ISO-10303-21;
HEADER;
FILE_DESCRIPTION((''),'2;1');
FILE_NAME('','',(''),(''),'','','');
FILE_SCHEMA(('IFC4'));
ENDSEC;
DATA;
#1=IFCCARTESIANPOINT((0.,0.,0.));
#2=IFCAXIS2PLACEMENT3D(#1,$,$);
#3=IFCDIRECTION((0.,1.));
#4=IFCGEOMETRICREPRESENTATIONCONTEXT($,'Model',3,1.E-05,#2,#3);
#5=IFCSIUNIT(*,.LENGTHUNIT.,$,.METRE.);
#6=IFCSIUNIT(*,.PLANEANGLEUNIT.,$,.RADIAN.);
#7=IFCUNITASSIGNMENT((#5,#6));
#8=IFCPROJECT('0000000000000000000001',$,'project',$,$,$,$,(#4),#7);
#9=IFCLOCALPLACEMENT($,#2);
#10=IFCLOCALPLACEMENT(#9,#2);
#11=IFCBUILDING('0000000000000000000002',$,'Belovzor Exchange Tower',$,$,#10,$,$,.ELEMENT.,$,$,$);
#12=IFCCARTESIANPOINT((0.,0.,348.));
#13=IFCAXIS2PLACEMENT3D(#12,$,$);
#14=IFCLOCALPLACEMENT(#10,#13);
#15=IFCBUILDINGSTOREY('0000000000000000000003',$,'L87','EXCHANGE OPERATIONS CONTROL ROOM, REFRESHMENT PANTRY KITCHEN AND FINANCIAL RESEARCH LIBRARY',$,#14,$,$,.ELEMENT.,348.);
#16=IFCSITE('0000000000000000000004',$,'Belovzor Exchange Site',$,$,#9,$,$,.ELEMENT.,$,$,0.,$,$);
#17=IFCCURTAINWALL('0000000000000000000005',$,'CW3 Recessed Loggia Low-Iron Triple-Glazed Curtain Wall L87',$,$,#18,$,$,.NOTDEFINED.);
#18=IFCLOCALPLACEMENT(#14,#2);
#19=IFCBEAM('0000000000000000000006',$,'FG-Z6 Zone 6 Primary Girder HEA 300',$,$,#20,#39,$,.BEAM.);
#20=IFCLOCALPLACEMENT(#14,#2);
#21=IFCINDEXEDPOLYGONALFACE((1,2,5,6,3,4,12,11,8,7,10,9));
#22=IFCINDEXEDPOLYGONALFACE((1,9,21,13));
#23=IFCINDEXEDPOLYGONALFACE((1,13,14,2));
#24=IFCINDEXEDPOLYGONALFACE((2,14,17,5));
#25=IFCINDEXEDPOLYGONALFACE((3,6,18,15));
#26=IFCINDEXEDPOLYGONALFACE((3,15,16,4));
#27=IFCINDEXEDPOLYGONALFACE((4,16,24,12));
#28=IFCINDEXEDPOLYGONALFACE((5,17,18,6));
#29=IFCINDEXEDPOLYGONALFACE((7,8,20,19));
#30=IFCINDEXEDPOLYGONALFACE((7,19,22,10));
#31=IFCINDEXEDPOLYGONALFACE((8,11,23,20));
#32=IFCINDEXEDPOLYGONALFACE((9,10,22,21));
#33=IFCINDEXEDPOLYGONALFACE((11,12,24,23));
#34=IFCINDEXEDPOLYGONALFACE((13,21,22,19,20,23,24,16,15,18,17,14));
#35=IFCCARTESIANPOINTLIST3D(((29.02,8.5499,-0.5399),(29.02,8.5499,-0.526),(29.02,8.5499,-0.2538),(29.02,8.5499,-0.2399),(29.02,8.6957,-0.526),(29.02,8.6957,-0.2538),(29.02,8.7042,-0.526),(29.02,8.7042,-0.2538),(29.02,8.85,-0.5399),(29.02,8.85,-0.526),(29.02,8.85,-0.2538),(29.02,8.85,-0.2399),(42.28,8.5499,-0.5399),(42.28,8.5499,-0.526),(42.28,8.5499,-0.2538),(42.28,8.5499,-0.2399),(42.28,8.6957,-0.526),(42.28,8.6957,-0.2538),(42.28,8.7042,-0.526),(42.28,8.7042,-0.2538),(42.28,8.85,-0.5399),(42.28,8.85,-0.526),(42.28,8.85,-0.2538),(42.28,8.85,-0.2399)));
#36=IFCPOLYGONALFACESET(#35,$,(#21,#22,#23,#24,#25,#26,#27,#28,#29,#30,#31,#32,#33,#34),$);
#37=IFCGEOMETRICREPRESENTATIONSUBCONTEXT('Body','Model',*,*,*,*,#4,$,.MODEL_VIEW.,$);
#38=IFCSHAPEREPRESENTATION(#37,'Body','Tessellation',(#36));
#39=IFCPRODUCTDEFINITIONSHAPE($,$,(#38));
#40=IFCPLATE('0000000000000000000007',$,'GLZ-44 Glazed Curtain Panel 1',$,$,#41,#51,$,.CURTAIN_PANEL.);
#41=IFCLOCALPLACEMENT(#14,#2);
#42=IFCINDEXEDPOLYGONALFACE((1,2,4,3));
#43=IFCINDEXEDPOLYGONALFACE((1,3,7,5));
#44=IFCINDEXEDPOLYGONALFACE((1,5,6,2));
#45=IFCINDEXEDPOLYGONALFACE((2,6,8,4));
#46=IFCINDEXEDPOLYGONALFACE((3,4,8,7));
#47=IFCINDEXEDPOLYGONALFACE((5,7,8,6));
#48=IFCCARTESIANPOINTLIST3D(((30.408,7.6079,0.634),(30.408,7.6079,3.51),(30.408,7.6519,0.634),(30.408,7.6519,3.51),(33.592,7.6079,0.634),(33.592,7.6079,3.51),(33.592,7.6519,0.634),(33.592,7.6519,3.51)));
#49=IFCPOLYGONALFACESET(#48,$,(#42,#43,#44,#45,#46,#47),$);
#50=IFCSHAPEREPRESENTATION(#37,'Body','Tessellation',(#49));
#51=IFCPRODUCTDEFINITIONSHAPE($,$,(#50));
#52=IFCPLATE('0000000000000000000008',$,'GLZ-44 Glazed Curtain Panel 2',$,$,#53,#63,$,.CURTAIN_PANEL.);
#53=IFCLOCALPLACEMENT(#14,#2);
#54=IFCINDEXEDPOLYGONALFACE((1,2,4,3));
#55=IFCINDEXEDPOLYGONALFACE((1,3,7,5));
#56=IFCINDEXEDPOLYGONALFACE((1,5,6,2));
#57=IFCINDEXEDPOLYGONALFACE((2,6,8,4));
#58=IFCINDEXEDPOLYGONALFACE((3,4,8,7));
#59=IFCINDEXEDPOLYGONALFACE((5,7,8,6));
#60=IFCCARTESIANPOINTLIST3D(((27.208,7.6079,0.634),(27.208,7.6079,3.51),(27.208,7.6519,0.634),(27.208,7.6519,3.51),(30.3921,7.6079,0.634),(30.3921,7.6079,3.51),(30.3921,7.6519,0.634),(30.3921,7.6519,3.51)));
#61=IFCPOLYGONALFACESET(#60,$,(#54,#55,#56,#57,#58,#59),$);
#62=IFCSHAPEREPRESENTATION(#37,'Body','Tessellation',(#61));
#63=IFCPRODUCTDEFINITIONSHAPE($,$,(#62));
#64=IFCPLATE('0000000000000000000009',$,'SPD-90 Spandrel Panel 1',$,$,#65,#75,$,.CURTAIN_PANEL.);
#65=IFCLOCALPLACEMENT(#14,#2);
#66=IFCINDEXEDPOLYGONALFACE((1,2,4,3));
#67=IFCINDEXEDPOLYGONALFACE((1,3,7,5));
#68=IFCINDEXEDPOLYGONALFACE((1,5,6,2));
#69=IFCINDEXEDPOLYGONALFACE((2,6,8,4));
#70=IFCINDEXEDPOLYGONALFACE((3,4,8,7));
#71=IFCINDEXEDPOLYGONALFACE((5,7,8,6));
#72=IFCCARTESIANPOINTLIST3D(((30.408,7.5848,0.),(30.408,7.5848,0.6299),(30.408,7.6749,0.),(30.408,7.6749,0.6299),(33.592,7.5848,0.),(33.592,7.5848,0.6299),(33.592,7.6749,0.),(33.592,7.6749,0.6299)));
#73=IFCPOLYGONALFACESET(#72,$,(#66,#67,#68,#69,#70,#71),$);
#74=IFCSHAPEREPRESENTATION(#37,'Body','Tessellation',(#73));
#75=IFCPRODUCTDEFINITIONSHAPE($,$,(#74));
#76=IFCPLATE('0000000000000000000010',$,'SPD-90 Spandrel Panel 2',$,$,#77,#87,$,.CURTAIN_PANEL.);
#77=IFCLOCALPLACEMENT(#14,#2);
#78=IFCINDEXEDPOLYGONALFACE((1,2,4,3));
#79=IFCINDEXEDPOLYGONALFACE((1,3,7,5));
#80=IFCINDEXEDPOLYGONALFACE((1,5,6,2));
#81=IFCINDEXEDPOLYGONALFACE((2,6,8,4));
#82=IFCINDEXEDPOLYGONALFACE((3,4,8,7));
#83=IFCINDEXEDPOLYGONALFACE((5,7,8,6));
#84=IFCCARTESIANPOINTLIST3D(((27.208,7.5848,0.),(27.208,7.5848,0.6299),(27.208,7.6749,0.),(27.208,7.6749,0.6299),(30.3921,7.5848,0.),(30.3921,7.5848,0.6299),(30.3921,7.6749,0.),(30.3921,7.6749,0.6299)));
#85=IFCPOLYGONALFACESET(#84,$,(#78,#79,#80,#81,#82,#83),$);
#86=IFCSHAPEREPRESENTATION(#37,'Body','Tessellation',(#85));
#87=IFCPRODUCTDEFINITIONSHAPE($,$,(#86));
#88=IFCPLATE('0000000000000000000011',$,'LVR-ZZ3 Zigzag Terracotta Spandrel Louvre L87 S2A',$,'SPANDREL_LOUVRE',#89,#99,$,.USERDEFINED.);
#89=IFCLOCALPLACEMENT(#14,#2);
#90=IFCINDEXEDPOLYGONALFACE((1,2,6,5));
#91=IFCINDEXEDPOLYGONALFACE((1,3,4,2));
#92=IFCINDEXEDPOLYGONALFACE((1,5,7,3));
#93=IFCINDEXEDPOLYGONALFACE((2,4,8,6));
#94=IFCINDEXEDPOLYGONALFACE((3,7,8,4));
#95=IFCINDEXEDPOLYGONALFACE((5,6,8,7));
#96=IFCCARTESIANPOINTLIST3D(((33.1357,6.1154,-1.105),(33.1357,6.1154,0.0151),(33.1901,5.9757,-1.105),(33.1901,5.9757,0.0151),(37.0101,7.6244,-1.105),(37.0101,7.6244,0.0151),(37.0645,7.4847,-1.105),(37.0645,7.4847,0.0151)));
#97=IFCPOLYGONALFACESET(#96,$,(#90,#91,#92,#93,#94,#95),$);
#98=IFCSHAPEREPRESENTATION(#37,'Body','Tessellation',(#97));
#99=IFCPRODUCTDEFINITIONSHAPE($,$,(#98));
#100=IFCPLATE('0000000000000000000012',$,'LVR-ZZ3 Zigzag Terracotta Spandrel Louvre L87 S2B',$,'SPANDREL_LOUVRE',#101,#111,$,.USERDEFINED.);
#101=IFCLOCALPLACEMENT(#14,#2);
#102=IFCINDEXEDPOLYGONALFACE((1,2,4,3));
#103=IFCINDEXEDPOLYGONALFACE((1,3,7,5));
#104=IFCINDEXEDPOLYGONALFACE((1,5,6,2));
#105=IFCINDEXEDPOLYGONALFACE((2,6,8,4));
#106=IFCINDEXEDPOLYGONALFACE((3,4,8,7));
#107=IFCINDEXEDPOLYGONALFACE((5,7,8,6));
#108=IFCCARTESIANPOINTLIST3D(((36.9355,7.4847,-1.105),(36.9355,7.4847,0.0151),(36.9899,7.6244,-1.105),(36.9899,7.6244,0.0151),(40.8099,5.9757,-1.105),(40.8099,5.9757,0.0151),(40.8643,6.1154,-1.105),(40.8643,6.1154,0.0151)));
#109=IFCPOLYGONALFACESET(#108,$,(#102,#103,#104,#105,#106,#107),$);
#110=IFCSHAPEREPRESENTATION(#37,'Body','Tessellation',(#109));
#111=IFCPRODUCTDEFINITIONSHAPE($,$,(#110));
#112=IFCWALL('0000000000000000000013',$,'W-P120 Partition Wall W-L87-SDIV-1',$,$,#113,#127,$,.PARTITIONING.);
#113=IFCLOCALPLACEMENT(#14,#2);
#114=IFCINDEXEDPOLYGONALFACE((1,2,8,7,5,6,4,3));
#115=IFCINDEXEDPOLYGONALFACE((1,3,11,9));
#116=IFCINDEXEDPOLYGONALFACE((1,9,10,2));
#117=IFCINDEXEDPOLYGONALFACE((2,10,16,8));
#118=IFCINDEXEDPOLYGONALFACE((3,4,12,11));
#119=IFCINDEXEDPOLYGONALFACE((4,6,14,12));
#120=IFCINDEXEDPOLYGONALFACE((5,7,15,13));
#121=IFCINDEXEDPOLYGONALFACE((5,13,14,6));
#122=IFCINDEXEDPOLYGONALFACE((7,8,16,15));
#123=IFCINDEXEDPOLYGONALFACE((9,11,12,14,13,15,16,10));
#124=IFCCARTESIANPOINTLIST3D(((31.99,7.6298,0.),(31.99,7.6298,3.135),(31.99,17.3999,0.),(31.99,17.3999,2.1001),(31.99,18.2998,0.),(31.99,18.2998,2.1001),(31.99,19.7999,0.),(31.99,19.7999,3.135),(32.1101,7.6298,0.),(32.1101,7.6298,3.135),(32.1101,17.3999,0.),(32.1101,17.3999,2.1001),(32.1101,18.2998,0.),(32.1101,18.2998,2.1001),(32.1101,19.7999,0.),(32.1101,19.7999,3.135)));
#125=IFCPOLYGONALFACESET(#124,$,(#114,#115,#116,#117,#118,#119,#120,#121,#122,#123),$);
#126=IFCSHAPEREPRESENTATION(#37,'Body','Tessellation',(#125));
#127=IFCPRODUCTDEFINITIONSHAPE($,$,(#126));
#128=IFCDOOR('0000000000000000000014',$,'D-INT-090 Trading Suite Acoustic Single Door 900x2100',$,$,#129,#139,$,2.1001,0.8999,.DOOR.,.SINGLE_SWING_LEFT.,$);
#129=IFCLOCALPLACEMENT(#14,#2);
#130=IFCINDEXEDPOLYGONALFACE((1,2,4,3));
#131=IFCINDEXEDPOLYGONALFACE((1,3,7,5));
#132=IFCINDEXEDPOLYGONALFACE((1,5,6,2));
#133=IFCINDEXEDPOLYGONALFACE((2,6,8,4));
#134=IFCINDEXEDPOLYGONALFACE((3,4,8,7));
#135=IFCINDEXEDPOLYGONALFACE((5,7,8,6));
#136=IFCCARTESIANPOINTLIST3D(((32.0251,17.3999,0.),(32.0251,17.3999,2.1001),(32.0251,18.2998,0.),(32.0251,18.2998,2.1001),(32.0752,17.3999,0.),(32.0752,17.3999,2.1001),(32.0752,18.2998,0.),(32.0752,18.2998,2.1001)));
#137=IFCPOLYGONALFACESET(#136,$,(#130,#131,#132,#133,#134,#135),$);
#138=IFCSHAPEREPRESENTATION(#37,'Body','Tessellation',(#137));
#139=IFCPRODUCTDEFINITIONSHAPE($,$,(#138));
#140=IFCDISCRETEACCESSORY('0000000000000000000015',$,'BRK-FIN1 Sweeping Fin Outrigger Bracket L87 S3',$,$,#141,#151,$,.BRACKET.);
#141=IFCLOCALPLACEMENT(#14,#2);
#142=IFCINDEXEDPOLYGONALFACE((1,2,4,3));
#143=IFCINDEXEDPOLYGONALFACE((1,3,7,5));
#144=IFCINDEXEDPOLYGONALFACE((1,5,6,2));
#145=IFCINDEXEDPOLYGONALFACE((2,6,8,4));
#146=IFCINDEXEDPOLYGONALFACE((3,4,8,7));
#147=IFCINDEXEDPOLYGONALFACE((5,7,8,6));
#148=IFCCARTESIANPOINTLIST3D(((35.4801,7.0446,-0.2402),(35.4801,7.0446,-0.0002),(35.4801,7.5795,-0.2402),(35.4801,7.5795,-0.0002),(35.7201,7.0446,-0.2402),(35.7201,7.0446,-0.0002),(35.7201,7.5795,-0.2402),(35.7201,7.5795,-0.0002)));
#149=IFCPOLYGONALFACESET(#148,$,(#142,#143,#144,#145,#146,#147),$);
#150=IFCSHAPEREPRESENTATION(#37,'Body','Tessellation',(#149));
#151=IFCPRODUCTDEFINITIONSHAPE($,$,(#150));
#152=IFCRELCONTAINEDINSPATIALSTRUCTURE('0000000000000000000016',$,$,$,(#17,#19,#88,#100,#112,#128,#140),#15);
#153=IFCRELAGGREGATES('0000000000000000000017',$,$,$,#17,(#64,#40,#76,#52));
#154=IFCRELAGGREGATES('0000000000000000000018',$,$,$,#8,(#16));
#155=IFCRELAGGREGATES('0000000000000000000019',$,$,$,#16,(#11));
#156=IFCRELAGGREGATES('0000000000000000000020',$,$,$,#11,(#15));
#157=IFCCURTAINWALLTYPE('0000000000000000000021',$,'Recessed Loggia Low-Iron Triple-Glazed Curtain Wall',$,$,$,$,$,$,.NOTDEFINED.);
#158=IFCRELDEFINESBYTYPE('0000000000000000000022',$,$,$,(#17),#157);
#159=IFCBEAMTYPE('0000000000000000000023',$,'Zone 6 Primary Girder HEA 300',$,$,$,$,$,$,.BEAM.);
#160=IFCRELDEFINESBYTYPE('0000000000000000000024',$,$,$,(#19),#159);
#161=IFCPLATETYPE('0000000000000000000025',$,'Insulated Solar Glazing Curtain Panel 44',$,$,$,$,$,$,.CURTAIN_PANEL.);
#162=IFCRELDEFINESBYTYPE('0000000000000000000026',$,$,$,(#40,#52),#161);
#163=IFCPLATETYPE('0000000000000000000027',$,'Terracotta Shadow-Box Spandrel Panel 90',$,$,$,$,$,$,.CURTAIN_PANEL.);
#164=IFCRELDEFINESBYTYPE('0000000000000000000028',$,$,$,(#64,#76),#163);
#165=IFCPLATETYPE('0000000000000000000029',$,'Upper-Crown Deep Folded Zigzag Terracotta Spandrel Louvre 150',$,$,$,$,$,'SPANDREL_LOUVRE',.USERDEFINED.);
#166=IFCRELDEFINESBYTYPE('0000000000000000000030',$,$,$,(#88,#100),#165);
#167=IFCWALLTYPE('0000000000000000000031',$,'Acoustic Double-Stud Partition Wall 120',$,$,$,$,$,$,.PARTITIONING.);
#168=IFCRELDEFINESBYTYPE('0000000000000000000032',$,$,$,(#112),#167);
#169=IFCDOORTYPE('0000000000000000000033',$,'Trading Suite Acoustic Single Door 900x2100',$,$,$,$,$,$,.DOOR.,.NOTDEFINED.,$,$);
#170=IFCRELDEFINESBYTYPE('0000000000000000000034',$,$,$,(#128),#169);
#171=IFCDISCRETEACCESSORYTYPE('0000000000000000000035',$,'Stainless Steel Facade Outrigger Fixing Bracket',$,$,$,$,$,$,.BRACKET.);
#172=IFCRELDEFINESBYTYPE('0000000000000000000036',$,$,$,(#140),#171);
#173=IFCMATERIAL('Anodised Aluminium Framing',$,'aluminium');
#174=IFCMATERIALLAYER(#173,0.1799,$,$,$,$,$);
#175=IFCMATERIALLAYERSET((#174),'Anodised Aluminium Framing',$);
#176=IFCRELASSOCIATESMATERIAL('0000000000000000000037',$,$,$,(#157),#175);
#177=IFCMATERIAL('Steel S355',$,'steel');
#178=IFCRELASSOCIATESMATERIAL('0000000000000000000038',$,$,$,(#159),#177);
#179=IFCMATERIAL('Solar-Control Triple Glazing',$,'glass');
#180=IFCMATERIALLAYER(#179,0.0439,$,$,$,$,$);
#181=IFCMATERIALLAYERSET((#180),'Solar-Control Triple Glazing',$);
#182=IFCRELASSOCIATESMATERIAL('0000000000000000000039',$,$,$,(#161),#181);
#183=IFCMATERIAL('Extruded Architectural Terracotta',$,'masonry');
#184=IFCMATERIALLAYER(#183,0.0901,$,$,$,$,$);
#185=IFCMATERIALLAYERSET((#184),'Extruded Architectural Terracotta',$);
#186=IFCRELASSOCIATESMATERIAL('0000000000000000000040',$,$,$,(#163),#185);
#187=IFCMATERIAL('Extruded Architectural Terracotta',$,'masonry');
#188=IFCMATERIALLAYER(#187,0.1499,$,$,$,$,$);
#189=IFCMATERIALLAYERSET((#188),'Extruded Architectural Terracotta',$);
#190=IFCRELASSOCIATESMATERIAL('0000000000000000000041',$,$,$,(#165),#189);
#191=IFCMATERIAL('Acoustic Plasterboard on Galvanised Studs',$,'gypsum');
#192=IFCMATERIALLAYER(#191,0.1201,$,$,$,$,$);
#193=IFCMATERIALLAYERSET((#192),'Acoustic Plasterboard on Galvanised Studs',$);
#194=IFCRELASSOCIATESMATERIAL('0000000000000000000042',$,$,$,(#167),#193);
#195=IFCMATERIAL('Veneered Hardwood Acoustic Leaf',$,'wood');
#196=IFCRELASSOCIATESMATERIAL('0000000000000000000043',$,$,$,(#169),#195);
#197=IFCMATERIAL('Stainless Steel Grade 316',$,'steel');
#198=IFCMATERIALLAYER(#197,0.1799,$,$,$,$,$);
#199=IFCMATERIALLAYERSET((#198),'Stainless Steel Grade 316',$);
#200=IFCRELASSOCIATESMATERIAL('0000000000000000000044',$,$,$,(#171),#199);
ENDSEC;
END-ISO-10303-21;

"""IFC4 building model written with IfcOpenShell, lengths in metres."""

from ifc_helpers import new_model, si_unit, direction, frame, frame_2d, origin, origin_2d, place, context, subcontext, project, spatial, rectangle, i_section, extrude, material, layer, layer_set, material_profile, profile_set, type_object, element, fill, aggregate, save


model = new_model("IFC4")

# Units and contexts
model_context = context("Model", 3, precision=1e-05, world=origin(), true_north=direction((0.0, 1.0)))
body_context = subcontext(model_context, "Body", "Model", "MODEL_VIEW")
ifc_project = project(units=[si_unit("LENGTHUNIT", "METRE"), si_unit("PLANEANGLEUNIT", "RADIAN")], contexts=[model_context])

# Site, building, storey
site_placement = place(None, origin())
site = spatial("IfcSite", under=ifc_project, at=site_placement, Name="Belovzor Exchange Site", CompositionType="ELEMENT", RefElevation=0.0)
building_placement = place(site_placement, origin())
building = spatial("IfcBuilding", under=site, at=building_placement, Name="Belovzor Exchange Tower", CompositionType="ELEMENT")
storey_placement = place(building_placement, frame((0.0, 0.0, 348.0)))
storey = spatial("IfcBuildingStorey", under=building, at=storey_placement, Name="L87", Description="EXCHANGE OPERATIONS CONTROL ROOM, REFRESHMENT PANTRY KITCHEN AND FINANCIAL RESEARCH LIBRARY", CompositionType="ELEMENT", Elevation=348.0)

# Curtain wall
ifc_material_1 = material(Name="Anodised Aluminium Framing", Category="aluminium")
ifc_layer_1 = layer(ifc_material_1, 0.1799)
ifc_layer_set_1 = layer_set([ifc_layer_1], Name="Anodised Aluminium Framing")
curtain_wall_type = type_object("IfcCurtainWallType", Name="Recessed Loggia Low-Iron Triple-Glazed Curtain Wall", PredefinedType="NOTDEFINED", material=ifc_layer_set_1)
curtain_wall_placement = place(storey_placement, origin())
curtain_wall = element("IfcCurtainWall", 1, at=curtain_wall_placement, inside=storey, type_object=curtain_wall_type, Name="CW3 Recessed Loggia Low-Iron Triple-Glazed Curtain Wall L87", PredefinedType="NOTDEFINED")

# Beam
ifc_material_2 = material(Name="Steel S355", Category="steel")
ifc_material_profile_1 = material_profile(ifc_material_2, i_section(OverallWidth=0.3, OverallDepth=0.3, WebThickness=0.0085, FlangeThickness=0.0139, at=origin_2d()))
ifc_profile_set_1 = profile_set([ifc_material_profile_1], Name="Steel S355")
beam_type_1 = type_object("IfcBeamType", Name="Zone 6 Primary Girder HEA 300", PredefinedType="BEAM", material=ifc_profile_set_1)
beam_1_placement = place(storey_placement, frame((29.02, 8.7, -0.3899), z_axis=(1.0, 0.0, 0.0), x_axis=(0.0, 1.0, 0.0)))
element("IfcBeam", 2, at=beam_1_placement, inside=storey, type_object=beam_type_1, Name="FG-Z6 Zone 6 Primary Girder HEA 300", PredefinedType="BEAM", context=body_context, shape_type="SweptSolid", body=[
    extrude(i_section(OverallWidth=0.3, OverallDepth=0.3, WebThickness=0.0085, FlangeThickness=0.0139, at=origin_2d()), origin(), (0.0, 0.0, 1.0), 13.26),
])

# Plates
ifc_material_3 = material(Name="Solar-Control Triple Glazing", Category="glass")
ifc_layer_2 = layer(ifc_material_3, 0.0439)
ifc_layer_set_2 = layer_set([ifc_layer_2], Name="Solar-Control Triple Glazing")
plate_type_1 = type_object("IfcPlateType", Name="Insulated Solar Glazing Curtain Panel 44", PredefinedType="CURTAIN_PANEL", material=ifc_layer_set_2)
plate_1_placement = place(storey_placement, frame((32.0, 7.6299, 0.634), z_axis=(0.0, 0.0, 1.0), x_axis=(-1.0, 0.0, 0.0)))
plate_1 = element("IfcPlate", 3, at=plate_1_placement, type_object=plate_type_1, Name="GLZ-44 Glazed Curtain Panel 1", PredefinedType="CURTAIN_PANEL", context=body_context, shape_type="SweptSolid", body=[
    extrude(rectangle(XDim=3.1841, YDim=0.0439, at=origin_2d()), origin(), (0.0, 0.0, 1.0), 2.876),
])
plate_2_placement = place(storey_placement, frame((28.8, 7.6299, 0.634), z_axis=(0.0, 0.0, 1.0), x_axis=(-1.0, 0.0, 0.0)))
plate_2 = element("IfcPlate", 4, at=plate_2_placement, type_object=plate_type_1, Name="GLZ-44 Glazed Curtain Panel 2", PredefinedType="CURTAIN_PANEL", context=body_context, shape_type="SweptSolid", body=[
    extrude(rectangle(XDim=3.1841, YDim=0.0439, at=origin_2d()), origin(), (0.0, 0.0, 1.0), 2.876),
])
ifc_material_4 = material(Name="Extruded Architectural Terracotta", Category="masonry")
ifc_layer_3 = layer(ifc_material_4, 0.0901)
ifc_layer_set_3 = layer_set([ifc_layer_3], Name="Extruded Architectural Terracotta")
plate_type_2 = type_object("IfcPlateType", Name="Terracotta Shadow-Box Spandrel Panel 90", PredefinedType="CURTAIN_PANEL", material=ifc_layer_set_3)
plate_3_placement = place(storey_placement, frame((32.0, 7.6299, 0.0), z_axis=(0.0, 0.0, 1.0), x_axis=(-1.0, 0.0, 0.0)))
plate_3 = element("IfcPlate", 5, at=plate_3_placement, type_object=plate_type_2, Name="SPD-90 Spandrel Panel 1", PredefinedType="CURTAIN_PANEL", context=body_context, shape_type="SweptSolid", body=[
    extrude(rectangle(XDim=3.1841, YDim=0.0901, at=origin_2d()), origin(), (0.0, 0.0, 1.0), 0.6299),
])
plate_4_placement = place(storey_placement, frame((28.8, 7.6299, 0.0), z_axis=(0.0, 0.0, 1.0), x_axis=(-1.0, 0.0, 0.0)))
plate_4 = element("IfcPlate", 6, at=plate_4_placement, type_object=plate_type_2, Name="SPD-90 Spandrel Panel 2", PredefinedType="CURTAIN_PANEL", context=body_context, shape_type="SweptSolid", body=[
    extrude(rectangle(XDim=3.1841, YDim=0.0901, at=origin_2d()), origin(), (0.0, 0.0, 1.0), 0.6299),
])
aggregate(curtain_wall, [plate_3, plate_1, plate_4, plate_2])

# Plates
ifc_material_5 = material(Name="Extruded Architectural Terracotta", Category="masonry")
ifc_layer_4 = layer(ifc_material_5, 0.1499)
ifc_layer_set_4 = layer_set([ifc_layer_4], Name="Extruded Architectural Terracotta")
plate_type_3 = type_object("IfcPlateType", Name="Upper-Crown Deep Folded Zigzag Terracotta Spandrel Louvre 150", ElementType="SPANDREL_LOUVRE", PredefinedType="USERDEFINED", material=ifc_layer_set_4)
for number, where, z_axis, x_axis, name in (
    (7, (35.1001, 6.8, -1.105), (0.0, 0.0, 1.0), (0.931818, 0.362926, 0.0), "LVR-ZZ3 Zigzag Terracotta Spandrel Louvre L87 S2A"),
    (8, (38.8999, 6.8, -1.105), (0.0, 0.0, 1.0), (0.931818, -0.362926, 0.0), "LVR-ZZ3 Zigzag Terracotta Spandrel Louvre L87 S2B"),
):
    element("IfcPlate", number, at=place(storey_placement, frame(where, z_axis=z_axis, x_axis=x_axis)), inside=storey, type_object=plate_type_3, Name=name, ObjectType="SPANDREL_LOUVRE", PredefinedType="USERDEFINED", context=body_context, shape_type="SweptSolid", body=[
        extrude(rectangle(XDim=4.158, YDim=0.1499, at=origin_2d()), origin(), (0.0, 0.0, 1.0), 1.1201),
    ])

# Wall, opening, door
ifc_material_6 = material(Name="Acoustic Plasterboard on Galvanised Studs", Category="gypsum")
ifc_layer_5 = layer(ifc_material_6, 0.1201)
ifc_layer_set_5 = layer_set([ifc_layer_5], Name="Acoustic Plasterboard on Galvanised Studs")
wall_type = type_object("IfcWallType", Name="Acoustic Double-Stud Partition Wall 120", PredefinedType="PARTITIONING", material=ifc_layer_set_5)
wall_placement = place(storey_placement, frame((32.05, 7.6299, 0.0), z_axis=(0.0, 0.0, 1.0), x_axis=(0.0, 1.0, 0.0)))
wall = element("IfcWall", 9, at=wall_placement, inside=storey, type_object=wall_type, Name="W-P120 Partition Wall W-L87-SDIV-1", PredefinedType="PARTITIONING", context=body_context, shape_type="SweptSolid", body=[
    extrude(rectangle(XDim=12.1702, YDim=0.1201, at=frame_2d((6.085, 0.0))), origin(), (0.0, 0.0, 1.0), 3.135),
])
opening_placement = place(wall_placement, frame((9.77, 0.0, 0.0)))
opening = element("IfcOpeningElement", 10, at=opening_placement, cuts=wall, PredefinedType="OPENING", context=body_context, shape_type="SweptSolid", body=[
    extrude(rectangle(XDim=0.8999, YDim=2.1001, at=frame_2d((0.45, 1.05))), frame((0.0, 0.0701, 0.0), z_axis=(0.0, -1.0, 0.0), x_axis=(1.0, 0.0, 0.0)), (0.0, 0.0, 1.0), 0.1401),
])
ifc_material_7 = material(Name="Veneered Hardwood Acoustic Leaf", Category="wood")
door_type = type_object("IfcDoorType", Name="Trading Suite Acoustic Single Door 900x2100", OperationType="NOTDEFINED", PredefinedType="DOOR", material=ifc_material_7)
door_placement = place(opening_placement, origin())
door = element("IfcDoor", 11, at=door_placement, inside=storey, type_object=door_type, Name="D-INT-090 Trading Suite Acoustic Single Door 900x2100", OperationType="SINGLE_SWING_LEFT", OverallHeight=2.1001, OverallWidth=0.8999, PredefinedType="DOOR", context=body_context, shape_type="SweptSolid", body=[
    extrude(rectangle(XDim=0.8999, YDim=2.1001, at=frame_2d((0.45, 1.05))), frame((0.0, 0.0249, 0.0), z_axis=(0.0, -1.0, 0.0), x_axis=(1.0, 0.0, 0.0)), (0.0, 0.0, 1.0), 0.05),
])
fill(opening, door)

# Discrete accessory
ifc_material_8 = material(Name="Stainless Steel Grade 316", Category="steel")
ifc_layer_6 = layer(ifc_material_8, 0.1799)
ifc_layer_set_6 = layer_set([ifc_layer_6], Name="Stainless Steel Grade 316")
discrete_accessory_type = type_object("IfcDiscreteAccessoryType", Name="Stainless Steel Facade Outrigger Fixing Bracket", PredefinedType="BRACKET", material=ifc_layer_set_6)
discrete_accessory_placement = place(storey_placement, frame((35.6001, 7.312, -0.2402), z_axis=(0.0, 0.0, 1.0), x_axis=(0.0, 1.0, 0.0)))
element("IfcDiscreteAccessory", 12, at=discrete_accessory_placement, inside=storey, type_object=discrete_accessory_type, Name="BRK-FIN1 Sweeping Fin Outrigger Bracket L87 S3", PredefinedType="BRACKET", context=body_context, shape_type="SweptSolid", body=[
    extrude(rectangle(XDim=0.5349, YDim=0.24, at=origin_2d()), origin(), (0.0, 0.0, 1.0), 0.24),
])

save(model, "model.ifc")
